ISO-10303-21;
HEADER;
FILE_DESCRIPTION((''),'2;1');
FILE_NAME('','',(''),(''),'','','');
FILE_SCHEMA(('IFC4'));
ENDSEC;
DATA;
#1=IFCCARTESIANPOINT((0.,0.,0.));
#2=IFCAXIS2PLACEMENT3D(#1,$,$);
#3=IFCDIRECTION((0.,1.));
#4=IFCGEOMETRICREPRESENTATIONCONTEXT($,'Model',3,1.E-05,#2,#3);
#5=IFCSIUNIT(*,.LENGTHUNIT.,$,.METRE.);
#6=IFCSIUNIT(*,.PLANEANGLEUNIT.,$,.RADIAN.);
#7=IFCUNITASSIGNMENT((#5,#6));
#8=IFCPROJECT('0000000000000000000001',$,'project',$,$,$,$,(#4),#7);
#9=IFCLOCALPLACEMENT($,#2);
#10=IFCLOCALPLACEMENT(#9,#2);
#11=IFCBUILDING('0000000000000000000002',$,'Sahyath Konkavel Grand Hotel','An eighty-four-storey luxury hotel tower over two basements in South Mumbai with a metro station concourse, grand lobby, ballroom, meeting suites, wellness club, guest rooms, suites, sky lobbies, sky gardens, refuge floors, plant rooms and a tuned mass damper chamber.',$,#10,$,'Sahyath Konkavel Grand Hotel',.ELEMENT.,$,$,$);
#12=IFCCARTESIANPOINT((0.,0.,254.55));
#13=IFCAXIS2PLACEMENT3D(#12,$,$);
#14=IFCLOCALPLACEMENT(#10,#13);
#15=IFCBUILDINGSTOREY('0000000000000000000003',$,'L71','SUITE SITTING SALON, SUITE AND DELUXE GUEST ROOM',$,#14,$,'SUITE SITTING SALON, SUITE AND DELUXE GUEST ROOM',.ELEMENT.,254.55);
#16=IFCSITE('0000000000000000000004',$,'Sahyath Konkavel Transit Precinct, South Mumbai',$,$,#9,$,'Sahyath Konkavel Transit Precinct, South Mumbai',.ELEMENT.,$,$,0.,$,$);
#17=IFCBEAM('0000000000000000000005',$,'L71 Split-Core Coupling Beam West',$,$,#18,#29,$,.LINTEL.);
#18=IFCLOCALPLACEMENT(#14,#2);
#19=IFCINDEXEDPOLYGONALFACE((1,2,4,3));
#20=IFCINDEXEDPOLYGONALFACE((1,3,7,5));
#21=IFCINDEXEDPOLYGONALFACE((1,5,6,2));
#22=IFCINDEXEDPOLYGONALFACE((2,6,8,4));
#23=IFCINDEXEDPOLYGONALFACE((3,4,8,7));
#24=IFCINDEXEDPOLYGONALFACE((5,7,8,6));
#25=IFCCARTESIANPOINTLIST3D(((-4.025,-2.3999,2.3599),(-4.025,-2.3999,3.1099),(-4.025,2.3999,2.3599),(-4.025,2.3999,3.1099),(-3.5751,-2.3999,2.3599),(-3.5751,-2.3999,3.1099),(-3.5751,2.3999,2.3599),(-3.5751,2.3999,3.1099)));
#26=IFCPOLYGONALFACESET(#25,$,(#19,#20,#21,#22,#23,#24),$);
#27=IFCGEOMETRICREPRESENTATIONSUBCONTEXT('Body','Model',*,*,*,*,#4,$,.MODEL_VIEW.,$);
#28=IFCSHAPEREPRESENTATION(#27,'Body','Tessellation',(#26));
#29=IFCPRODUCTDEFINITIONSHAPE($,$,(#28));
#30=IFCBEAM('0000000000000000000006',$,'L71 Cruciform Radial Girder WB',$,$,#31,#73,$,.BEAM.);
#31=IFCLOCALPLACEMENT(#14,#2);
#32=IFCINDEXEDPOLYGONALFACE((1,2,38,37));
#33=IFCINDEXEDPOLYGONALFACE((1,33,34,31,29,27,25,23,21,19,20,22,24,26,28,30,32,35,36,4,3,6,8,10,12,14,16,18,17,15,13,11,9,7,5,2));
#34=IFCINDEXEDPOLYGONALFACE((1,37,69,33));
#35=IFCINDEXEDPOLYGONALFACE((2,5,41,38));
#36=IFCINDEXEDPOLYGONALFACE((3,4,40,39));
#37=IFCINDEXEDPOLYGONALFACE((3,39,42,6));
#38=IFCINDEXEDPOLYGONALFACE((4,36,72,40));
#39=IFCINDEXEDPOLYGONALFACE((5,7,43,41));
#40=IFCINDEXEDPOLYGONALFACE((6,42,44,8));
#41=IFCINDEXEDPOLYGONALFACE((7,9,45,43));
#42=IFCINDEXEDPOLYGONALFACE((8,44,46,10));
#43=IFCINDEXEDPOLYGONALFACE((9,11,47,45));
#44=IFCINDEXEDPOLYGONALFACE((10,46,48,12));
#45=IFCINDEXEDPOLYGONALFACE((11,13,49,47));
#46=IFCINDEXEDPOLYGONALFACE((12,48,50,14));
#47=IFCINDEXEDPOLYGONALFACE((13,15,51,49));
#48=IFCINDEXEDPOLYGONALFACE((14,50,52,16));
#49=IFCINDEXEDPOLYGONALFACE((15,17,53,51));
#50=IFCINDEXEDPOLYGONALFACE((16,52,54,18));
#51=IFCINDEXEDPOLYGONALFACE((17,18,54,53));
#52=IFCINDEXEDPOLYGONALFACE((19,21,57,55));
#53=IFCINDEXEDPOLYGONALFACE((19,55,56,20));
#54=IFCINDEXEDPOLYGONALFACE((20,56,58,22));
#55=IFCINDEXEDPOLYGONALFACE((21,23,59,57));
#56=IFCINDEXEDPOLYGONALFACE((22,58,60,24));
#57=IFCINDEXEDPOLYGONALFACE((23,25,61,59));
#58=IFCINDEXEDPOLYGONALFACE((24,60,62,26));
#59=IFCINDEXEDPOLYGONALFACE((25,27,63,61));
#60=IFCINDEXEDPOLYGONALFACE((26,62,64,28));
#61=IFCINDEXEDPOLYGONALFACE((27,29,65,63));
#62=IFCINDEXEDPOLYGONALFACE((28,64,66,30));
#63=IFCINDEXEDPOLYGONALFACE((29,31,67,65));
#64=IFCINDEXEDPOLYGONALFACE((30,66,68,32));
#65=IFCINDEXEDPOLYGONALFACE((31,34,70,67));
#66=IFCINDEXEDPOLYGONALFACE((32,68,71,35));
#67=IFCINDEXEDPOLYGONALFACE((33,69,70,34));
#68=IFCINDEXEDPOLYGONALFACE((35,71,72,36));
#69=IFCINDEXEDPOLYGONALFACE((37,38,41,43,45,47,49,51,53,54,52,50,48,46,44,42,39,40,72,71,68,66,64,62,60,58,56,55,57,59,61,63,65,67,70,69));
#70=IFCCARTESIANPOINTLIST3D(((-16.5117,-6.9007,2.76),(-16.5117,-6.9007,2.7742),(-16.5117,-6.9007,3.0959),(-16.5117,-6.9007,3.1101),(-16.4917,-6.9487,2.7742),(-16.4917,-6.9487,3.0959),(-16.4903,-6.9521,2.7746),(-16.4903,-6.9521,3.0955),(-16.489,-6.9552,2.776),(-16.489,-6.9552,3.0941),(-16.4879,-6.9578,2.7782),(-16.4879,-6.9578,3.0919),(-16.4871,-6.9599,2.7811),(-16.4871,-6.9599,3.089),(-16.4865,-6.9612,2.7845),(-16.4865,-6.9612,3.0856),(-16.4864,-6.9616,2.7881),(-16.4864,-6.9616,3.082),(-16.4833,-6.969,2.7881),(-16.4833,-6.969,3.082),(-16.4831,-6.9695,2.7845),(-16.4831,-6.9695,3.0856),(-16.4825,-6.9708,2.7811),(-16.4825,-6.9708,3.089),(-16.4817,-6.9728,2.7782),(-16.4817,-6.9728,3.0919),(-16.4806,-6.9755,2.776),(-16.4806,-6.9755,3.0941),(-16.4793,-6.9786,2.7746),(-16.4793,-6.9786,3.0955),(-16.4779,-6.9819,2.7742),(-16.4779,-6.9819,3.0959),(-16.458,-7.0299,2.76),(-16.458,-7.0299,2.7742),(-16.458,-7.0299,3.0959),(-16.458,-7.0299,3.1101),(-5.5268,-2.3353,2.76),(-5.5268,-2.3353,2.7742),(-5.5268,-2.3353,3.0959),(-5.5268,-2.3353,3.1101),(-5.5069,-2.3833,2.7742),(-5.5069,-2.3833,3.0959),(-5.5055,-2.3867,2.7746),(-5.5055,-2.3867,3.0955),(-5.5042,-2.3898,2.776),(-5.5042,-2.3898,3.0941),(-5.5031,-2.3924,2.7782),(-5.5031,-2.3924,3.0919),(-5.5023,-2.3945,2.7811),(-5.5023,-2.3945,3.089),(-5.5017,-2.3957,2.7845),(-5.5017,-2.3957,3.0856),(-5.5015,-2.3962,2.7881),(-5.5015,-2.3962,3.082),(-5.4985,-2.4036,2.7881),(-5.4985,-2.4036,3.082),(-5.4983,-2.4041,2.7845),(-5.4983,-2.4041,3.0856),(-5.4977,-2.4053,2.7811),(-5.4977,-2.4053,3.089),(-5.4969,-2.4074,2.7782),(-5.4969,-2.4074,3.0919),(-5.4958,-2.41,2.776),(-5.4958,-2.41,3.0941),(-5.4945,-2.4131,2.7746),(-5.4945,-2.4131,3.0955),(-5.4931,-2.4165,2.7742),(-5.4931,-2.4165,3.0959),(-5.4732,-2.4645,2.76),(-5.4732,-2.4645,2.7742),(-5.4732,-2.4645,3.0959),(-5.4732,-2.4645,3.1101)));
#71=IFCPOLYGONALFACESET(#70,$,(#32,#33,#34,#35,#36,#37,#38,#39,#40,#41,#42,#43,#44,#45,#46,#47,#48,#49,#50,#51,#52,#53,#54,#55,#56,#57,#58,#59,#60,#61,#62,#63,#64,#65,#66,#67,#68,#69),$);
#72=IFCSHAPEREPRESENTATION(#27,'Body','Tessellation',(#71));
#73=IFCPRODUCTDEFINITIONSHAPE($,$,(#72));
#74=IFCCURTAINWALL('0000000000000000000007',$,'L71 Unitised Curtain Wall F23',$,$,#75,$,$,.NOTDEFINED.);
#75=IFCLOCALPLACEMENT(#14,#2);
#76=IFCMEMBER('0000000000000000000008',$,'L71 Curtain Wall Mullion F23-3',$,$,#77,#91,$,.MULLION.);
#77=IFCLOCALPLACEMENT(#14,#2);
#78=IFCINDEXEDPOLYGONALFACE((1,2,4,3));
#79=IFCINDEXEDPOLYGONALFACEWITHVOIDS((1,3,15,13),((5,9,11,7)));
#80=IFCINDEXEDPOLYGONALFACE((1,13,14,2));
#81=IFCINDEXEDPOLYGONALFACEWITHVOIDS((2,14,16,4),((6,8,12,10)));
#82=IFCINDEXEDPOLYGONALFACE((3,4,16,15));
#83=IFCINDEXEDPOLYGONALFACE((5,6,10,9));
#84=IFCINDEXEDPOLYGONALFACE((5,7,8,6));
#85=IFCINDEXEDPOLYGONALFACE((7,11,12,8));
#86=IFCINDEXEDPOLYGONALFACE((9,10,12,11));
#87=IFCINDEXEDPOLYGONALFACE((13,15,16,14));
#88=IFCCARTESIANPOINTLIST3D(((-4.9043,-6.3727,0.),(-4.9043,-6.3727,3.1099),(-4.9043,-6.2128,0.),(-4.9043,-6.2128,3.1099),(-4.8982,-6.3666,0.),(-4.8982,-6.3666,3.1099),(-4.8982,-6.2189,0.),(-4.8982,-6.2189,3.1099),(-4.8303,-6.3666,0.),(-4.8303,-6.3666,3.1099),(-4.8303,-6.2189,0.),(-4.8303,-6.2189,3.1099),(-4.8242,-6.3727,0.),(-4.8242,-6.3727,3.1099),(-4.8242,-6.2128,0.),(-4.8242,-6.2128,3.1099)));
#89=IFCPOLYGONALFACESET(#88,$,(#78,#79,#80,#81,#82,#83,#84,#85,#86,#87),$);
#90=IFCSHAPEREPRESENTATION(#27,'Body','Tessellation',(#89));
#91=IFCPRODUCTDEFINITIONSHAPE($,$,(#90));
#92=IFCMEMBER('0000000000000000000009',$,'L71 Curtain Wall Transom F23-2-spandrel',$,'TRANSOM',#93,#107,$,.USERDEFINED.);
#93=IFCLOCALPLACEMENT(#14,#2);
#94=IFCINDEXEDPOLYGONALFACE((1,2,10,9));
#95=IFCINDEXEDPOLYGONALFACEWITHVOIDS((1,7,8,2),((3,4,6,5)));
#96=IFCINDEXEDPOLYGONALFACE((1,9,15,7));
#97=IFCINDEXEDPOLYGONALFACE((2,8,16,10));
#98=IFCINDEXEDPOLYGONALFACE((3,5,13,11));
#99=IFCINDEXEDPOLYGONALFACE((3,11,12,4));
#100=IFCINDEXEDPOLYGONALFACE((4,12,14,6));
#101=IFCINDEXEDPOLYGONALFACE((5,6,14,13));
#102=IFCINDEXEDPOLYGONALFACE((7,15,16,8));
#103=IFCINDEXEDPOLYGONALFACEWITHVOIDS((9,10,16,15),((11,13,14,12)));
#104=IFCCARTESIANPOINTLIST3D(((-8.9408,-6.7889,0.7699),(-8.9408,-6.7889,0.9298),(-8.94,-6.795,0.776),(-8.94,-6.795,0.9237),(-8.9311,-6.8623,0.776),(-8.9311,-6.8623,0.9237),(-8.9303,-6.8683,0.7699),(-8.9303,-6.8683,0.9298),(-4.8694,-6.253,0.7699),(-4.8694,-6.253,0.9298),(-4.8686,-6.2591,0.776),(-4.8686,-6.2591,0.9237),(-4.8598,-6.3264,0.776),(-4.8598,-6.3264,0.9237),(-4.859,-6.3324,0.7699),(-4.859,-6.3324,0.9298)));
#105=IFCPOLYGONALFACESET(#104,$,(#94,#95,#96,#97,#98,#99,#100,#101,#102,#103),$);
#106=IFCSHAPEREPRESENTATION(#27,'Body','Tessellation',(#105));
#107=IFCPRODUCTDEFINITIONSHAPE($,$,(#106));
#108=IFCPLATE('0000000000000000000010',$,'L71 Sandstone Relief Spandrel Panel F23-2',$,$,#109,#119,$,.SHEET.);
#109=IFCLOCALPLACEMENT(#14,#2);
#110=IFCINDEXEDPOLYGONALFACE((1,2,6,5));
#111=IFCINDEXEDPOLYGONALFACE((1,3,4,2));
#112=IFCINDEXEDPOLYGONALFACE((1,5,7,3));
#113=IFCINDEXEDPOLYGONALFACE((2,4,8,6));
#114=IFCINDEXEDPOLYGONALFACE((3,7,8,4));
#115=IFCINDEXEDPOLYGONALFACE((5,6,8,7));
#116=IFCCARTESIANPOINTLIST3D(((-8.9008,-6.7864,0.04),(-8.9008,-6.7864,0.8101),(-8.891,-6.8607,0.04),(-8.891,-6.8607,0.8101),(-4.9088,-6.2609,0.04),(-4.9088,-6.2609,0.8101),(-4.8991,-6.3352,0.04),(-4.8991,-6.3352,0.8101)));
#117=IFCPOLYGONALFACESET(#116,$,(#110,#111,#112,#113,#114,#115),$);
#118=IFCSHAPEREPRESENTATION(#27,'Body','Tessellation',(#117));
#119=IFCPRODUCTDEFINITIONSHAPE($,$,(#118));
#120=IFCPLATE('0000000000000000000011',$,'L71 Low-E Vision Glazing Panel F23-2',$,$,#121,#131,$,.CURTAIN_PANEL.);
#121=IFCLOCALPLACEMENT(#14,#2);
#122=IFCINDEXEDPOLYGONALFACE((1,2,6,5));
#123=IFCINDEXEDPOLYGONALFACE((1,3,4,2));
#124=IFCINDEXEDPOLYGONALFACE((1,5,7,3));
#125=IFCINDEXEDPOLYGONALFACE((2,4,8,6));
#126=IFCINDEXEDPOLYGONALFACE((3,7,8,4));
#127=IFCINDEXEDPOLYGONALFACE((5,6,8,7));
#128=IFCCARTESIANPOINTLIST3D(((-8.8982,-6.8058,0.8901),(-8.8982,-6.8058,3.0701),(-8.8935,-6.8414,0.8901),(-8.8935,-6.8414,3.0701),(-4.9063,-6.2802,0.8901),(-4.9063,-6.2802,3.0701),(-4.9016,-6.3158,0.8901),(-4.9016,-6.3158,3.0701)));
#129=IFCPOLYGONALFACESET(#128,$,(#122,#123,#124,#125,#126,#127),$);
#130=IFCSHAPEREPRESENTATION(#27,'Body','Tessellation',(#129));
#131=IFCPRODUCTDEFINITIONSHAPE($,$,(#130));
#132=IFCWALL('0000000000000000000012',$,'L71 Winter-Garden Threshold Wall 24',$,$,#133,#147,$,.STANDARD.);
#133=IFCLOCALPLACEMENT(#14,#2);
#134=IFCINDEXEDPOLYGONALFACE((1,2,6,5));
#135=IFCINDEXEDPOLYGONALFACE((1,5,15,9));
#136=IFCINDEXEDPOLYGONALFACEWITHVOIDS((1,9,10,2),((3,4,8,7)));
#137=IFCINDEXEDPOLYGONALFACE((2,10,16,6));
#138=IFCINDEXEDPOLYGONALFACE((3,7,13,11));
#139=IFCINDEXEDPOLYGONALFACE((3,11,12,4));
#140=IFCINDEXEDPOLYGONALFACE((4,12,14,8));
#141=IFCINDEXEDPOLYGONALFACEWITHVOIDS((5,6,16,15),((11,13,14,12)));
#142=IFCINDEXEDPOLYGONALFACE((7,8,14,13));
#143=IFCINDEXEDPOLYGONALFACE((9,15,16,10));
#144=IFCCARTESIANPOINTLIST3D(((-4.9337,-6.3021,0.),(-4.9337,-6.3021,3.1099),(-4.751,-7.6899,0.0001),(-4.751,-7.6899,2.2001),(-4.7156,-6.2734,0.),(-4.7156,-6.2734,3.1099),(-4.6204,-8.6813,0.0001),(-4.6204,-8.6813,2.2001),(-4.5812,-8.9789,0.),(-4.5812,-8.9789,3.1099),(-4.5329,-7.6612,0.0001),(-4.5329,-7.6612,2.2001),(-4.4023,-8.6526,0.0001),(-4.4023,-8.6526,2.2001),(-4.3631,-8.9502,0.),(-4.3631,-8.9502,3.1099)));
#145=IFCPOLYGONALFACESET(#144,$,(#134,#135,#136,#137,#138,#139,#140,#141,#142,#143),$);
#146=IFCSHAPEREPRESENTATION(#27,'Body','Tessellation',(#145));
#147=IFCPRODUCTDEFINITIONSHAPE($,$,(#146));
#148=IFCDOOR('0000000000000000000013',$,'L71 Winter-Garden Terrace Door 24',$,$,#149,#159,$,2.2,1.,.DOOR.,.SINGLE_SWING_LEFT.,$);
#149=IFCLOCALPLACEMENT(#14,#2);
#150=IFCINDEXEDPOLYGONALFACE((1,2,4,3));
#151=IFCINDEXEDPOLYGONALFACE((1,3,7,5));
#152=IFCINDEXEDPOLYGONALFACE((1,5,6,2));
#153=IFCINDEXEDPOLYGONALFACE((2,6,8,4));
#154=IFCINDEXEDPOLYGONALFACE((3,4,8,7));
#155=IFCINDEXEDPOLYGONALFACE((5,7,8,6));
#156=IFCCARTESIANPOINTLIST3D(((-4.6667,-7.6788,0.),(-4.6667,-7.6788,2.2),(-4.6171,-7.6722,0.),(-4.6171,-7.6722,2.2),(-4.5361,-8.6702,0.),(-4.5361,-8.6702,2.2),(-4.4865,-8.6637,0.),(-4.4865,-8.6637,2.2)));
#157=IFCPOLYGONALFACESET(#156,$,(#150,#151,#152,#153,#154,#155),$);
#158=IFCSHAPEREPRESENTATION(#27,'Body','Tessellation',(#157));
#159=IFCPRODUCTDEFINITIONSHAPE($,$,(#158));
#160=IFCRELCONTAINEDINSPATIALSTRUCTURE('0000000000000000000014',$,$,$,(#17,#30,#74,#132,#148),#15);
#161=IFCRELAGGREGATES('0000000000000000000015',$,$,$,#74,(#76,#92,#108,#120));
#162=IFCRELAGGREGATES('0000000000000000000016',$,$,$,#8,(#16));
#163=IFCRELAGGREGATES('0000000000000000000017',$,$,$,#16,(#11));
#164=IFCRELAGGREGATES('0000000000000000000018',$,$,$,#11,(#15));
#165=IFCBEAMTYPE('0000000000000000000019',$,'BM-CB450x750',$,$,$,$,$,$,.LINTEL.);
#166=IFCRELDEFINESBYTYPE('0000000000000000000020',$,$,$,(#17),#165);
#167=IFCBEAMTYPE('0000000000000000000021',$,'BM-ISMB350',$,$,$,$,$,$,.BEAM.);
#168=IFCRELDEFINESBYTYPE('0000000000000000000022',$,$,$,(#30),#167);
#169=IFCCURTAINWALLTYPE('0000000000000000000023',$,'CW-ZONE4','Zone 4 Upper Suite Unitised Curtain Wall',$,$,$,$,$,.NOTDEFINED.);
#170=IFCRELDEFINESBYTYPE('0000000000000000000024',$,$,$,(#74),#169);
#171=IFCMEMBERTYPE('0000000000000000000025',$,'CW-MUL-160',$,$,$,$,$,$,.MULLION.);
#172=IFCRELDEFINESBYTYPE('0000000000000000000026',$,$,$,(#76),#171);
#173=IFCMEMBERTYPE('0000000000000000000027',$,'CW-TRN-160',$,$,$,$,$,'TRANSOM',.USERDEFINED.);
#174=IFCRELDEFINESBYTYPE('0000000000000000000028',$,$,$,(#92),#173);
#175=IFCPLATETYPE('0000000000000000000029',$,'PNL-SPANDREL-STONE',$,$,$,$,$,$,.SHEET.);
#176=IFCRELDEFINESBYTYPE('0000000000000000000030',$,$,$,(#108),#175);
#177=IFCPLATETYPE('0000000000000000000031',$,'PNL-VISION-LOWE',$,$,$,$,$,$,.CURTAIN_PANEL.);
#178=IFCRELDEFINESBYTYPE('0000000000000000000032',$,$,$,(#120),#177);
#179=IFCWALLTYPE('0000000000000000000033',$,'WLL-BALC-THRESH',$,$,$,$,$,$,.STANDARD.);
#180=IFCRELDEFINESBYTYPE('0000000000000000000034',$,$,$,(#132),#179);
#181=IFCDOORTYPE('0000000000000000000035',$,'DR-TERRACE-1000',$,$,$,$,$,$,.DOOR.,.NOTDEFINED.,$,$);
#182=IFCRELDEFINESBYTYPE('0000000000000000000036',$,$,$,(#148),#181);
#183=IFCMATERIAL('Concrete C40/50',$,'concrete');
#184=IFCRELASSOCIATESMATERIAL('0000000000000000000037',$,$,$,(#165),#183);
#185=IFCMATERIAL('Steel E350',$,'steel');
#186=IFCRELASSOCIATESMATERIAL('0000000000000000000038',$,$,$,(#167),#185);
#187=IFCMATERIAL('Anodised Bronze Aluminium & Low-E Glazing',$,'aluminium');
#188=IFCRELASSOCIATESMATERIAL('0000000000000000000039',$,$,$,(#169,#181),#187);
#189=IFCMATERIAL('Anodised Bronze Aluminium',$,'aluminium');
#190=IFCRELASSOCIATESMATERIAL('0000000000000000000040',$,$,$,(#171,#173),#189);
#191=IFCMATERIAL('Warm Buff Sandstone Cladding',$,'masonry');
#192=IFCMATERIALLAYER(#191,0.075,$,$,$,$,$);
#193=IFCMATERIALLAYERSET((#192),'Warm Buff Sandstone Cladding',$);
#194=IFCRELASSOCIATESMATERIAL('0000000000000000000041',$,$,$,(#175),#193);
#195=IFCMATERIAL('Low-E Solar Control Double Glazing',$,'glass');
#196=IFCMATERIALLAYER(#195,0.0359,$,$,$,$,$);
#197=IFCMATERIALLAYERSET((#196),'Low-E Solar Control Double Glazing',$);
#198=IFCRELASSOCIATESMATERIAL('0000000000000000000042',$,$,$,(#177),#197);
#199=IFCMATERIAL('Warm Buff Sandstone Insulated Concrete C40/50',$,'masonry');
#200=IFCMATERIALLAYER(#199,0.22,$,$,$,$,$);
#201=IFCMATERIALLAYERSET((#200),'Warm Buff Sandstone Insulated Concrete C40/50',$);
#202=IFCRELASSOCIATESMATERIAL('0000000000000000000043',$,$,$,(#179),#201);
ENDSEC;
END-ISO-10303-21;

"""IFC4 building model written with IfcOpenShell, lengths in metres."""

from ifc_helpers import new_model, si_unit, direction, frame, frame_2d, origin, origin_2d, place, context, subcontext, project, spatial, rectangle, hollow_rectangle, i_section, extrude, source, transform, mapped, material, layer, layer_set, material_profile, profile_set, type_object, element, fill, aggregate, save


model = new_model("IFC4")

# Units and contexts
model_context = context("Model", 3, precision=1e-05, world=origin(), true_north=direction((0.0, 1.0)))
body_context = subcontext(model_context, "Body", "Model", "MODEL_VIEW")
ifc_project = project(units=[si_unit("LENGTHUNIT", "METRE"), si_unit("PLANEANGLEUNIT", "RADIAN")], contexts=[model_context])

# Site, building, storey
site_placement = place(None, origin())
site = spatial("IfcSite", under=ifc_project, at=site_placement, Name="Sahyath Konkavel Transit Precinct, South Mumbai", LongName="Sahyath Konkavel Transit Precinct, South Mumbai", CompositionType="ELEMENT", RefElevation=0.0)
building_placement = place(site_placement, origin())
building = spatial("IfcBuilding", under=site, at=building_placement, Name="Sahyath Konkavel Grand Hotel", Description="An eighty-four-storey luxury hotel tower over two basements in South Mumbai with a metro station concourse, grand lobby, ballroom, meeting suites, wellness club, guest rooms, suites, sky lobbies, sky gardens, refuge floors, plant rooms and a tuned mass damper chamber.", LongName="Sahyath Konkavel Grand Hotel", CompositionType="ELEMENT")
storey_placement = place(building_placement, frame((0.0, 0.0, 254.55)))
storey = spatial("IfcBuildingStorey", under=building, at=storey_placement, Name="L71", Description="SUITE SITTING SALON, SUITE AND DELUXE GUEST ROOM", LongName="SUITE SITTING SALON, SUITE AND DELUXE GUEST ROOM", CompositionType="ELEMENT", Elevation=254.55)

# Shared definitions
ifc_material_1 = material(Name="Concrete C40/50", Category="concrete")

# Beams
ifc_material_2 = material(Name="Steel E350", Category="steel")
ifc_material_profile_1 = material_profile(ifc_material_1, rectangle(XDim=0.45, YDim=0.75, at=origin_2d()), Name="RC 450x750")
ifc_profile_set_1 = profile_set([ifc_material_profile_1], Name="Concrete C40/50")
beam_type_1 = type_object("IfcBeamType", Name="BM-CB450x750", PredefinedType="LINTEL", material=ifc_profile_set_1)
shared_shape_1 = source(origin(), body_context, "Body", "SweptSolid", [
    extrude(rectangle(XDim=0.45, YDim=0.75, at=origin_2d()), origin(), (0.0, 0.0, 1.0), 4.7998),
])
beam_1_placement = place(storey_placement, frame((-3.8, -2.3999, 2.7349), z_axis=(0.0, 1.0, 0.0), x_axis=(-1.0, 0.0, 0.0)))
element("IfcBeam", 1, at=beam_1_placement, inside=storey, type_object=beam_type_1, Name="L71 Split-Core Coupling Beam West", PredefinedType="LINTEL", context=body_context, shape_type="MappedRepresentation", body=[
    mapped(shared_shape_1, transform((0.0, 0.0, 0.0), scale=1.0)),
])
ifc_material_profile_2 = material_profile(ifc_material_2, i_section(OverallWidth=0.1399, OverallDepth=0.3501, WebThickness=0.0081, FlangeThickness=0.0142, FilletRadius=0.0139, at=origin_2d()), Name="ISMB 350")
ifc_profile_set_2 = profile_set([ifc_material_profile_2], Name="Steel E350")
beam_type_2 = type_object("IfcBeamType", Name="BM-ISMB350", PredefinedType="BEAM", material=ifc_profile_set_2)
shared_shape_2 = source(origin(), body_context, "Body", "SweptSolid", [
    extrude(i_section(OverallWidth=0.1399, OverallDepth=0.3501, WebThickness=0.0081, FlangeThickness=0.0142, FilletRadius=0.0139, at=origin_2d()), origin(), (0.0, 0.0, 1.0), 11.8958),
])
beam_2_placement = place(storey_placement, frame((-5.5, -2.3999, 2.9351), z_axis=(-0.923423, -0.383785, 0.0), x_axis=(0.383785, -0.923423, 0.0)))
element("IfcBeam", 2, at=beam_2_placement, inside=storey, type_object=beam_type_2, Name="L71 Cruciform Radial Girder WB", PredefinedType="BEAM", context=body_context, shape_type="MappedRepresentation", body=[
    mapped(shared_shape_2, transform((0.0, 0.0, 0.0), scale=1.0)),
])

# Curtain wall, members, plates
ifc_material_3 = material(Name="Anodised Bronze Aluminium & Low-E Glazing", Category="aluminium")
curtain_wall_type = type_object("IfcCurtainWallType", Name="CW-ZONE4", Description="Zone 4 Upper Suite Unitised Curtain Wall", PredefinedType="NOTDEFINED", material=ifc_material_3)
curtain_wall_placement = place(storey_placement, origin())
curtain_wall = element("IfcCurtainWall", 3, at=curtain_wall_placement, inside=storey, type_object=curtain_wall_type, Name="L71 Unitised Curtain Wall F23", PredefinedType="NOTDEFINED")
ifc_material_4 = material(Name="Anodised Bronze Aluminium", Category="aluminium")
ifc_material_profile_3 = material_profile(ifc_material_4, hollow_rectangle(XDim=0.0801, YDim=0.1599, WallThickness=0.0061, at=origin_2d()), Name="RHS 160x80x6")
ifc_profile_set_3 = profile_set([ifc_material_profile_3], Name="Anodised Bronze Aluminium")
member_type_1 = type_object("IfcMemberType", Name="CW-MUL-160", PredefinedType="MULLION", material=ifc_profile_set_3)
shared_shape_3 = source(origin(), body_context, "Body", "SweptSolid", [
    extrude(hollow_rectangle(XDim=0.0801, YDim=0.1599, WallThickness=0.0061, at=origin_2d()), origin(), (0.0, 0.0, 1.0), 3.1099),
])
member_1_placement = place(storey_placement, frame((-4.8643, -6.2927, 0.0), z_axis=(0.0, 0.0, 1.0), x_axis=(1.0, 0.0, 0.0)))
member_1 = element("IfcMember", 4, at=member_1_placement, type_object=member_type_1, Name="L71 Curtain Wall Mullion F23-3", PredefinedType="MULLION", context=body_context, shape_type="MappedRepresentation", body=[
    mapped(shared_shape_3, transform((0.0, 0.0, 0.0), scale=1.0)),
])
ifc_material_profile_4 = material_profile(ifc_material_4, hollow_rectangle(XDim=0.0801, YDim=0.1599, WallThickness=0.0061, at=origin_2d()), Name="RHS 160x80x6")
ifc_profile_set_4 = profile_set([ifc_material_profile_4], Name="Anodised Bronze Aluminium")
member_type_2 = type_object("IfcMemberType", Name="CW-TRN-160", ElementType="TRANSOM", PredefinedType="USERDEFINED", material=ifc_profile_set_4)
shared_shape_4 = source(origin(), body_context, "Body", "SweptSolid", [
    extrude(hollow_rectangle(XDim=0.0801, YDim=0.1599, WallThickness=0.0061, at=origin_2d()), origin(), (0.0, 0.0, 1.0), 4.1064),
])
member_2_placement = place(storey_placement, frame((-8.9355, -6.8286, 0.8499), z_axis=(0.991448, 0.130501, 0.0), x_axis=(-0.130501, 0.991448, 0.0)))
member_2 = element("IfcMember", 5, at=member_2_placement, type_object=member_type_2, Name="L71 Curtain Wall Transom F23-2-spandrel", ObjectType="TRANSOM", PredefinedType="USERDEFINED", context=body_context, shape_type="MappedRepresentation", body=[
    mapped(shared_shape_4, transform((0.0, 0.0, 0.0), scale=1.0)),
])
ifc_material_5 = material(Name="Warm Buff Sandstone Cladding", Category="masonry")
ifc_layer_1 = layer(ifc_material_5, 0.075)
ifc_layer_set_1 = layer_set([ifc_layer_1], Name="Warm Buff Sandstone Cladding")
plate_type_1 = type_object("IfcPlateType", Name="PNL-SPANDREL-STONE", PredefinedType="SHEET", material=ifc_layer_set_1)
shared_shape_5 = source(origin(), body_context, "Body", "SweptSolid", [
    extrude(rectangle(XDim=4.0264, YDim=0.075, at=origin_2d()), origin(), (0.0, 0.0, 1.0), 0.77),
])
plate_1_placement = place(storey_placement, frame((-6.8999, -6.5608, 0.04), z_axis=(0.0, 0.0, 1.0), x_axis=(0.991445, 0.130526, 0.0)))
plate_1 = element("IfcPlate", 6, at=plate_1_placement, type_object=plate_type_1, Name="L71 Sandstone Relief Spandrel Panel F23-2", PredefinedType="SHEET", context=body_context, shape_type="MappedRepresentation", body=[
    mapped(shared_shape_5, transform((0.0, 0.0, 0.0), scale=1.0)),
])
ifc_material_6 = material(Name="Low-E Solar Control Double Glazing", Category="glass")
ifc_layer_2 = layer(ifc_material_6, 0.0359)
ifc_layer_set_2 = layer_set([ifc_layer_2], Name="Low-E Solar Control Double Glazing")
plate_type_2 = type_object("IfcPlateType", Name="PNL-VISION-LOWE", PredefinedType="CURTAIN_PANEL", material=ifc_layer_set_2)
shared_shape_6 = source(origin(), body_context, "Body", "SweptSolid", [
    extrude(rectangle(XDim=4.0264, YDim=0.0359, at=origin_2d()), origin(), (0.0, 0.0, 1.0), 2.1799),
])
plate_2_placement = place(storey_placement, frame((-6.8999, -6.5608, 0.8901), z_axis=(0.0, 0.0, 1.0), x_axis=(0.991445, 0.130526, 0.0)))
plate_2 = element("IfcPlate", 7, at=plate_2_placement, type_object=plate_type_2, Name="L71 Low-E Vision Glazing Panel F23-2", PredefinedType="CURTAIN_PANEL", context=body_context, shape_type="MappedRepresentation", body=[
    mapped(shared_shape_6, transform((0.0, 0.0, 0.0), scale=1.0)),
])
aggregate(curtain_wall, [member_1, member_2, plate_1, plate_2])

# Wall, opening, door
ifc_material_7 = material(Name="Warm Buff Sandstone Insulated Concrete C40/50", Category="masonry")
ifc_layer_3 = layer(ifc_material_7, 0.22)
ifc_layer_set_3 = layer_set([ifc_layer_3], Name="Warm Buff Sandstone Insulated Concrete C40/50")
wall_type_1 = type_object("IfcWallType", Name="WLL-BALC-THRESH", PredefinedType="STANDARD", material=ifc_layer_set_3)
wall_1_placement = place(storey_placement, frame((-4.8247, -6.2876, 0.0), z_axis=(0.0, 0.0, 1.0), x_axis=(0.130576, -0.991438, 0.0)))
wall_1 = element("IfcWall", 8, at=wall_1_placement, inside=storey, type_object=wall_type_1, Name="L71 Winter-Garden Threshold Wall 24", PredefinedType="STANDARD", context=body_context, shape_type="SweptSolid", body=[
    extrude(rectangle(XDim=2.7, YDim=0.22, at=frame_2d((1.3501, 0.0))), origin(), (0.0, 0.0, 1.0), 3.1099),
])
opening_1_placement = place(wall_1_placement, frame((1.3999, 0.0, 0.0)))
opening_1 = element("IfcOpeningElement", 9, at=opening_1_placement, cuts=wall_1, PredefinedType="OPENING", context=body_context, shape_type="SweptSolid", body=[
    extrude(rectangle(XDim=1.0, YDim=2.2, at=frame_2d((0.5, 1.1001))), frame((0.0, 0.1201, 0.0), z_axis=(0.0, -1.0, 0.0), x_axis=(1.0, 0.0, 0.0)), (0.0, 0.0, 1.0), 0.24),
])
door_type_1 = type_object("IfcDoorType", Name="DR-TERRACE-1000", OperationType="NOTDEFINED", PredefinedType="DOOR", material=ifc_material_3)
shared_shape_7 = source(origin(), body_context, "Body", "SweptSolid", [
    extrude(rectangle(XDim=1.0, YDim=0.05, at=origin_2d()), origin(), (0.0, 0.0, 1.0), 2.2),
])
door_1_placement = place(opening_1_placement, frame((0.5, 0.0, 0.0)))
door_1 = element("IfcDoor", 10, at=door_1_placement, inside=storey, type_object=door_type_1, Name="L71 Winter-Garden Terrace Door 24", OperationType="SINGLE_SWING_LEFT", OverallHeight=2.2, OverallWidth=1.0, PredefinedType="DOOR", context=body_context, shape_type="MappedRepresentation", body=[
    mapped(shared_shape_7, transform((0.0, 0.0, 0.0), scale=1.0)),
])
fill(opening_1, door_1)

save(model, "model.ifc")
